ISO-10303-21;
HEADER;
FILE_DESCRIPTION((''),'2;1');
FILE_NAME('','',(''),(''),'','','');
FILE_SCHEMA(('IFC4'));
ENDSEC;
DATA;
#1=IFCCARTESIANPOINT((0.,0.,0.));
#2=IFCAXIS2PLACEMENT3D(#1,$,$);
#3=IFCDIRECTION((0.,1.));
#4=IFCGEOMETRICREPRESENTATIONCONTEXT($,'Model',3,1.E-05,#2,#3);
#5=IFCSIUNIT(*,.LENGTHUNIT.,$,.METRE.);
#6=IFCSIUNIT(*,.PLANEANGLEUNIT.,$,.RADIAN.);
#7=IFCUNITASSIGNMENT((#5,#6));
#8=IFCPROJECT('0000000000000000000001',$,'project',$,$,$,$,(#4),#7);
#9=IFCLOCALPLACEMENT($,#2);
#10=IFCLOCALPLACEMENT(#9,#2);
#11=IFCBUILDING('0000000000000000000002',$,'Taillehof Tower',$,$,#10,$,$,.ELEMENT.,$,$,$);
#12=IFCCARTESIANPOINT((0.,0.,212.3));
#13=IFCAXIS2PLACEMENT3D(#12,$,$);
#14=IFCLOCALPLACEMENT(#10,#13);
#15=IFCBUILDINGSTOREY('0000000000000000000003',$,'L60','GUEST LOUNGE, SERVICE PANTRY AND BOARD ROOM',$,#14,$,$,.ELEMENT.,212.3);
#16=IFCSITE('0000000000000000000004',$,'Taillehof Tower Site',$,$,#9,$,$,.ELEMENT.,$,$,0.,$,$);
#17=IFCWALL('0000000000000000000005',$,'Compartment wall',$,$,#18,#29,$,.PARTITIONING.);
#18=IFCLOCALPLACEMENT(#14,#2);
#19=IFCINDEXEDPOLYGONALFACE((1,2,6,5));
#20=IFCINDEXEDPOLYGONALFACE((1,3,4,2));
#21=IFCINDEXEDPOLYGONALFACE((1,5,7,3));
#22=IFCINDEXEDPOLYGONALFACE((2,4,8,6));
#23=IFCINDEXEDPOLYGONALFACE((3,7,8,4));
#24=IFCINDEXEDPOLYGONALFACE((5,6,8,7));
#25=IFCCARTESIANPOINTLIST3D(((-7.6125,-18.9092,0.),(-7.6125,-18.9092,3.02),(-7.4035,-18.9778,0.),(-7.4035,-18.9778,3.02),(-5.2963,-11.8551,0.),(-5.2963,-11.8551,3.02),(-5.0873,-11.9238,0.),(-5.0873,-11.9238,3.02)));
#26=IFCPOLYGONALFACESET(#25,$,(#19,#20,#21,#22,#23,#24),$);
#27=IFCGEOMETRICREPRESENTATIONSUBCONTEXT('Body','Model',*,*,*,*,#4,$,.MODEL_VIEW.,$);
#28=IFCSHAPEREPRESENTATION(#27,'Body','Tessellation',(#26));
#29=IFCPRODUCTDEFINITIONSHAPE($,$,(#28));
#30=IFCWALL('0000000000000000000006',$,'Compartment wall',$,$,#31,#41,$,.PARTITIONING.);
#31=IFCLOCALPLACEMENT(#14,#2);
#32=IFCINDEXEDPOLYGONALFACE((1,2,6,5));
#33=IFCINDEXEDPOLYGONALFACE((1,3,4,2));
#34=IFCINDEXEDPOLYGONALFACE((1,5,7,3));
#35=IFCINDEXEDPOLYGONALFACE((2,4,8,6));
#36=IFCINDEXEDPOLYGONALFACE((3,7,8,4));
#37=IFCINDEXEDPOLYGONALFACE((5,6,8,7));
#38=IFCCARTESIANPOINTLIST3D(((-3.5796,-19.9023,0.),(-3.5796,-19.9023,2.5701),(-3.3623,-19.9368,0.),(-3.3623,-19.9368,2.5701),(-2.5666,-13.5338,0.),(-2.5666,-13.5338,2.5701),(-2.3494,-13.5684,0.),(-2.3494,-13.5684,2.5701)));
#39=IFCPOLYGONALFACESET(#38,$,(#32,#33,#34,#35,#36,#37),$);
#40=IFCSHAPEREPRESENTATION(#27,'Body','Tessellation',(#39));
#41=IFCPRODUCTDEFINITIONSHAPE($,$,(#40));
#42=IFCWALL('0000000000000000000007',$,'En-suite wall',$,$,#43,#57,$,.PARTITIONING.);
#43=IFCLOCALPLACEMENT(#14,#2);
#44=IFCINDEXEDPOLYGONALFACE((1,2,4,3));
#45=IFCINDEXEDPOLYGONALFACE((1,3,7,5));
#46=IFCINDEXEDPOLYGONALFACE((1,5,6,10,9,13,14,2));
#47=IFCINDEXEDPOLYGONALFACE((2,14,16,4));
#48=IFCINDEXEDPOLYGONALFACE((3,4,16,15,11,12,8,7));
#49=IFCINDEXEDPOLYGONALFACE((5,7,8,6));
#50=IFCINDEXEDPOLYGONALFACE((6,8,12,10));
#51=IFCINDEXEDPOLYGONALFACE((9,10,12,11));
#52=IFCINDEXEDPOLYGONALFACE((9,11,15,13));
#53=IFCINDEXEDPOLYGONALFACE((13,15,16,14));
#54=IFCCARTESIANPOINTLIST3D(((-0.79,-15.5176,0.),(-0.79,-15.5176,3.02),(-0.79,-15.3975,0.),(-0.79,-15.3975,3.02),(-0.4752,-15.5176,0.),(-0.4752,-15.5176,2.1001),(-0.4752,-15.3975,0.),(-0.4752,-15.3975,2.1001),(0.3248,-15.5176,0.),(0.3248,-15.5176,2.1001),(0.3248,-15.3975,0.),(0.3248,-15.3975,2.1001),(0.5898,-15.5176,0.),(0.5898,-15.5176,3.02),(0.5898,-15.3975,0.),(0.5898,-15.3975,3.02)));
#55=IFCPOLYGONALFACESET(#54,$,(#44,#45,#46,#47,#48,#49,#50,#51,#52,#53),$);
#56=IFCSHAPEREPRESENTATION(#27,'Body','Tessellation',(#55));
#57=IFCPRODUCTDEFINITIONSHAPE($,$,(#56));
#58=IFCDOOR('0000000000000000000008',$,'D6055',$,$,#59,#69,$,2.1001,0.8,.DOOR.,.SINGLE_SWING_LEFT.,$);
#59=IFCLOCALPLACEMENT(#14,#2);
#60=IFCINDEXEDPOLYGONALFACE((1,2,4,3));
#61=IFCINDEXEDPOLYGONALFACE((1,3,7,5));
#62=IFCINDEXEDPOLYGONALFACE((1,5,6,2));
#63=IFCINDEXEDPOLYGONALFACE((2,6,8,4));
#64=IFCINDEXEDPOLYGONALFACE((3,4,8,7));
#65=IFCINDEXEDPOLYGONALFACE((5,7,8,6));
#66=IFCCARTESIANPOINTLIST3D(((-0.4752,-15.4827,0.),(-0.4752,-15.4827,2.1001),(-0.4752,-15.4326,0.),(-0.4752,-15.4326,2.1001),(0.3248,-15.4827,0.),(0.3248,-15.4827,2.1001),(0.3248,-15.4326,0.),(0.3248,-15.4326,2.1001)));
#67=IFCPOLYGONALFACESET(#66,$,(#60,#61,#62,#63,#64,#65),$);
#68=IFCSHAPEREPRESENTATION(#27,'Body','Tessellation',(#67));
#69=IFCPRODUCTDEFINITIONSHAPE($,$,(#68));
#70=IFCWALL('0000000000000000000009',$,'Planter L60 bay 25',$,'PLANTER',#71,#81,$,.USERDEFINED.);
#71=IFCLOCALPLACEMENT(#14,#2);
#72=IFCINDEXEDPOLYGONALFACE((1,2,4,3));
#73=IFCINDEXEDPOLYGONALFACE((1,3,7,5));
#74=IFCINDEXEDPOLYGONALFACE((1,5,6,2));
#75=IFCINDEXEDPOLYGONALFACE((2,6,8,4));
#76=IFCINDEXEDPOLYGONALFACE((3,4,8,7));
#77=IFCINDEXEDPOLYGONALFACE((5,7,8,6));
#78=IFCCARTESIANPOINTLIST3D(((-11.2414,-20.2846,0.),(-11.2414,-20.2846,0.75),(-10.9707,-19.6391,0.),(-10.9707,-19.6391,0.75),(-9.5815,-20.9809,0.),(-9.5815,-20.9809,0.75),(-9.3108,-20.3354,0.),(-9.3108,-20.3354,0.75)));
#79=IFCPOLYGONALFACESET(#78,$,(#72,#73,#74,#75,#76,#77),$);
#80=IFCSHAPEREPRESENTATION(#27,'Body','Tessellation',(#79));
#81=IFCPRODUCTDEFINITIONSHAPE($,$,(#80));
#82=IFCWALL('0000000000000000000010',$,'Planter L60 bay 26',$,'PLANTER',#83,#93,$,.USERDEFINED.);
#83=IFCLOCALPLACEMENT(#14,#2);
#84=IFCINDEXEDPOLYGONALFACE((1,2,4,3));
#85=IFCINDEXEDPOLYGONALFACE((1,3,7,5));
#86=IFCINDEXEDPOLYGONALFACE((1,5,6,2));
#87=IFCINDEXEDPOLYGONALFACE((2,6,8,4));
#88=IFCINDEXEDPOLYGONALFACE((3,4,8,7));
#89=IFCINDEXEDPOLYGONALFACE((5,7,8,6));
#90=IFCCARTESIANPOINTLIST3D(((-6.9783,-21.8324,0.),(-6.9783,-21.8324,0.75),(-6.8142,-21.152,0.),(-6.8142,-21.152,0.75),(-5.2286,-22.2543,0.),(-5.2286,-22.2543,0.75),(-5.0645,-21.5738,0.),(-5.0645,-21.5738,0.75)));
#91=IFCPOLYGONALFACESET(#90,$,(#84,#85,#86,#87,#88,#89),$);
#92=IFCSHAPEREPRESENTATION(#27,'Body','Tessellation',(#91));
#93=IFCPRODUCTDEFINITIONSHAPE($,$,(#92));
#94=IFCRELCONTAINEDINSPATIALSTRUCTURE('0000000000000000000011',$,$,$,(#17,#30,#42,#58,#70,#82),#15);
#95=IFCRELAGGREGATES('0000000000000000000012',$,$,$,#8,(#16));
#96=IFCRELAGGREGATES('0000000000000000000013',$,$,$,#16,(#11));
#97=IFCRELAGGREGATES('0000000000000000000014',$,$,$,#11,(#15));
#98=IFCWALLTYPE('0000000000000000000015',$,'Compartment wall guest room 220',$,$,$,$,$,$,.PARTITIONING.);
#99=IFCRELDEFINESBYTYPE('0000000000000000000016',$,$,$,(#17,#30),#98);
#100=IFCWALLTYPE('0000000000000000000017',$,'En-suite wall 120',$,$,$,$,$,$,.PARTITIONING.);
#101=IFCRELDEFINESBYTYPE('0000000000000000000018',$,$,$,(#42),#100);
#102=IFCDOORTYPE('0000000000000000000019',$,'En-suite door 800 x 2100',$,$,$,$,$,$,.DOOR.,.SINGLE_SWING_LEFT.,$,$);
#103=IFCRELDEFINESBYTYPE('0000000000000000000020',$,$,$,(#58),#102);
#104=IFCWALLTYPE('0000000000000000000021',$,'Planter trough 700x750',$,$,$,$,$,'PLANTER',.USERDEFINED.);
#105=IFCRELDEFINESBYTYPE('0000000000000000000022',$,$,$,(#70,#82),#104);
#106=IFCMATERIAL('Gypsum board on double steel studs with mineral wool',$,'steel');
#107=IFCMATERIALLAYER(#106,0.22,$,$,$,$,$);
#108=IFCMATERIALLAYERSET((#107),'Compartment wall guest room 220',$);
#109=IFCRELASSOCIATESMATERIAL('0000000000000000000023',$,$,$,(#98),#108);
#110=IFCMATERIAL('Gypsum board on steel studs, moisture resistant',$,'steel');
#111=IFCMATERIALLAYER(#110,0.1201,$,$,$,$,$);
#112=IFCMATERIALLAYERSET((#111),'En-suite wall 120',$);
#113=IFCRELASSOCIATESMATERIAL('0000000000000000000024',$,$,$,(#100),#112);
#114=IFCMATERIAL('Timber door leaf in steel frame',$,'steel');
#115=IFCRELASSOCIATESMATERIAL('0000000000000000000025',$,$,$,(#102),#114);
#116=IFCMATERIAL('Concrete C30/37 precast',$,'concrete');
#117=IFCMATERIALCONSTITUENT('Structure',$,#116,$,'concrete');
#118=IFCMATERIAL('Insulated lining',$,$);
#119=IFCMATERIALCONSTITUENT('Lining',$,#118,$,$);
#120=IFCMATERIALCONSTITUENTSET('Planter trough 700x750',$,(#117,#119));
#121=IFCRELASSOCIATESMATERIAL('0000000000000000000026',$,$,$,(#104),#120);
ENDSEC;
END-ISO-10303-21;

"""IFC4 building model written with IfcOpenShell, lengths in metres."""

from ifc_helpers import new_model, si_unit, direction, frame, frame_2d, origin, place, context, subcontext, project, spatial, rectangle, extrude, material, layer, layer_set, constituent, constituent_set, type_object, element, fill, save


model = new_model("IFC4")

# Units and contexts
model_context = context("Model", 3, precision=1e-05, world=origin(), true_north=direction((0.0, 1.0)))
body_context = subcontext(model_context, "Body", "Model", "MODEL_VIEW")
ifc_project = project(units=[si_unit("LENGTHUNIT", "METRE"), si_unit("PLANEANGLEUNIT", "RADIAN")], contexts=[model_context])

# Site, building, storey
site_placement = place(None, origin())
site = spatial("IfcSite", under=ifc_project, at=site_placement, Name="Taillehof Tower Site", CompositionType="ELEMENT", RefElevation=0.0)
building_placement = place(site_placement, origin())
building = spatial("IfcBuilding", under=site, at=building_placement, Name="Taillehof Tower", CompositionType="ELEMENT")
storey_placement = place(building_placement, frame((0.0, 0.0, 212.3)))
storey = spatial("IfcBuildingStorey", under=building, at=storey_placement, Name="L60", Description="GUEST LOUNGE, SERVICE PANTRY AND BOARD ROOM", CompositionType="ELEMENT", Elevation=212.3)

# Walls
ifc_material_1 = material(Name="Gypsum board on double steel studs with mineral wool", Category="steel")
ifc_layer_1 = layer(ifc_material_1, 0.22)
ifc_layer_set_1 = layer_set([ifc_layer_1], Name="Compartment wall guest room 220")
wall_type_1 = type_object("IfcWallType", Name="Compartment wall guest room 220", PredefinedType="PARTITIONING", material=ifc_layer_set_1)
wall_1_placement = place(storey_placement, frame((-7.5081, -18.9436, 0.0), z_axis=(0.0, 0.0, 1.0), x_axis=(0.311963, 0.950094, 0.0)))
element("IfcWall", 1, at=wall_1_placement, inside=storey, type_object=wall_type_1, Name="Compartment wall", PredefinedType="PARTITIONING", context=body_context, shape_type="SweptSolid", body=[
    extrude(rectangle(XDim=7.4246, YDim=0.22, at=frame_2d((3.7124, 0.0))), origin(), (0.0, 0.0, 1.0), 3.02),
])
wall_2_placement = place(storey_placement, frame((-3.4709, -19.9194, 0.0), z_axis=(0.0, 0.0, 1.0), x_axis=(0.157082, 0.987586, 0.0)))
element("IfcWall", 2, at=wall_2_placement, inside=storey, type_object=wall_type_1, Name="Compartment wall", PredefinedType="PARTITIONING", context=body_context, shape_type="SweptSolid", body=[
    extrude(rectangle(XDim=6.4485, YDim=0.22, at=frame_2d((3.2241, 0.0))), origin(), (0.0, 0.0, 1.0), 2.5701),
])

# Wall, opening, door
ifc_material_2 = material(Name="Gypsum board on steel studs, moisture resistant", Category="steel")
ifc_layer_2 = layer(ifc_material_2, 0.1201)
ifc_layer_set_2 = layer_set([ifc_layer_2], Name="En-suite wall 120")
wall_type_2 = type_object("IfcWallType", Name="En-suite wall 120", PredefinedType="PARTITIONING", material=ifc_layer_set_2)
wall_3_placement = place(storey_placement, frame((-0.79, -15.4575, 0.0), z_axis=(0.0, 0.0, 1.0), x_axis=(1.0, 0.0, 0.0)))
wall_3 = element("IfcWall", 3, at=wall_3_placement, inside=storey, type_object=wall_type_2, Name="En-suite wall", PredefinedType="PARTITIONING", context=body_context, shape_type="SweptSolid", body=[
    extrude(rectangle(XDim=1.3799, YDim=0.1201, at=frame_2d((0.6899, 0.0))), origin(), (0.0, 0.0, 1.0), 3.02),
])
opening_1_placement = place(wall_3_placement, frame((0.3149, 0.0, 0.0)))
opening_1 = element("IfcOpeningElement", 4, at=opening_1_placement, cuts=wall_3, PredefinedType="OPENING", context=body_context, shape_type="SweptSolid", body=[
    extrude(rectangle(XDim=0.8, YDim=2.1001, at=frame_2d((0.3999, 1.05))), frame((0.0, 0.0701, 0.0), z_axis=(0.0, -1.0, 0.0), x_axis=(1.0, 0.0, 0.0)), (0.0, 0.0, 1.0), 0.1401),
])
ifc_material_3 = material(Name="Timber door leaf in steel frame", Category="steel")
door_type_1 = type_object("IfcDoorType", Name="En-suite door 800 x 2100", OperationType="SINGLE_SWING_LEFT", PredefinedType="DOOR", material=ifc_material_3)
door_1_placement = place(opening_1_placement, origin())
door_1 = element("IfcDoor", 5, at=door_1_placement, inside=storey, type_object=door_type_1, Name="D6055", OperationType="SINGLE_SWING_LEFT", OverallHeight=2.1001, OverallWidth=0.8, PredefinedType="DOOR", context=body_context, shape_type="SweptSolid", body=[
    extrude(rectangle(XDim=0.8, YDim=2.1001, at=frame_2d((0.3999, 1.05))), frame((0.0, 0.0249, 0.0), z_axis=(0.0, -1.0, 0.0), x_axis=(1.0, 0.0, 0.0)), (0.0, 0.0, 1.0), 0.05),
])
fill(opening_1, door_1)

# Walls
ifc_material_4 = material(Name="Concrete C30/37 precast", Category="concrete")
ifc_constituent_1 = constituent(ifc_material_4, Name="Structure", Category="concrete")
ifc_material_5 = material(Name="Insulated lining")
ifc_constituent_2 = constituent(ifc_material_5, Name="Lining")
ifc_constituent_set = constituent_set(constituents=[ifc_constituent_1, ifc_constituent_2], Name="Planter trough 700x750")
wall_type_3 = type_object("IfcWallType", Name="Planter trough 700x750", ElementType="PLANTER", PredefinedType="USERDEFINED", material=ifc_constituent_set)
wall_4_placement = place(storey_placement, frame((-11.106, -19.9619, 0.0), z_axis=(0.0, 0.0, 1.0), x_axis=(0.922155, -0.38682, 0.0)))
element("IfcWall", 6, at=wall_4_placement, inside=storey, type_object=wall_type_3, Name="Planter L60 bay 25", ObjectType="PLANTER", PredefinedType="USERDEFINED", context=body_context, shape_type="SweptSolid", body=[
    extrude(rectangle(XDim=1.8, YDim=0.7, at=frame_2d((0.8999, 0.0))), origin(), (0.0, 0.0, 1.0), 0.75),
])
wall_5_placement = place(storey_placement, frame((-6.8962, -21.4922, 0.0), z_axis=(0.0, 0.0, 1.0), x_axis=(0.972143, -0.234389, 0.0)))
element("IfcWall", 7, at=wall_5_placement, inside=storey, type_object=wall_type_3, Name="Planter L60 bay 26", ObjectType="PLANTER", PredefinedType="USERDEFINED", context=body_context, shape_type="SweptSolid", body=[
    extrude(rectangle(XDim=1.7998, YDim=0.7, at=frame_2d((0.8999, 0.0))), origin(), (0.0, 0.0, 1.0), 0.75),
])

save(model, "model.ifc")
